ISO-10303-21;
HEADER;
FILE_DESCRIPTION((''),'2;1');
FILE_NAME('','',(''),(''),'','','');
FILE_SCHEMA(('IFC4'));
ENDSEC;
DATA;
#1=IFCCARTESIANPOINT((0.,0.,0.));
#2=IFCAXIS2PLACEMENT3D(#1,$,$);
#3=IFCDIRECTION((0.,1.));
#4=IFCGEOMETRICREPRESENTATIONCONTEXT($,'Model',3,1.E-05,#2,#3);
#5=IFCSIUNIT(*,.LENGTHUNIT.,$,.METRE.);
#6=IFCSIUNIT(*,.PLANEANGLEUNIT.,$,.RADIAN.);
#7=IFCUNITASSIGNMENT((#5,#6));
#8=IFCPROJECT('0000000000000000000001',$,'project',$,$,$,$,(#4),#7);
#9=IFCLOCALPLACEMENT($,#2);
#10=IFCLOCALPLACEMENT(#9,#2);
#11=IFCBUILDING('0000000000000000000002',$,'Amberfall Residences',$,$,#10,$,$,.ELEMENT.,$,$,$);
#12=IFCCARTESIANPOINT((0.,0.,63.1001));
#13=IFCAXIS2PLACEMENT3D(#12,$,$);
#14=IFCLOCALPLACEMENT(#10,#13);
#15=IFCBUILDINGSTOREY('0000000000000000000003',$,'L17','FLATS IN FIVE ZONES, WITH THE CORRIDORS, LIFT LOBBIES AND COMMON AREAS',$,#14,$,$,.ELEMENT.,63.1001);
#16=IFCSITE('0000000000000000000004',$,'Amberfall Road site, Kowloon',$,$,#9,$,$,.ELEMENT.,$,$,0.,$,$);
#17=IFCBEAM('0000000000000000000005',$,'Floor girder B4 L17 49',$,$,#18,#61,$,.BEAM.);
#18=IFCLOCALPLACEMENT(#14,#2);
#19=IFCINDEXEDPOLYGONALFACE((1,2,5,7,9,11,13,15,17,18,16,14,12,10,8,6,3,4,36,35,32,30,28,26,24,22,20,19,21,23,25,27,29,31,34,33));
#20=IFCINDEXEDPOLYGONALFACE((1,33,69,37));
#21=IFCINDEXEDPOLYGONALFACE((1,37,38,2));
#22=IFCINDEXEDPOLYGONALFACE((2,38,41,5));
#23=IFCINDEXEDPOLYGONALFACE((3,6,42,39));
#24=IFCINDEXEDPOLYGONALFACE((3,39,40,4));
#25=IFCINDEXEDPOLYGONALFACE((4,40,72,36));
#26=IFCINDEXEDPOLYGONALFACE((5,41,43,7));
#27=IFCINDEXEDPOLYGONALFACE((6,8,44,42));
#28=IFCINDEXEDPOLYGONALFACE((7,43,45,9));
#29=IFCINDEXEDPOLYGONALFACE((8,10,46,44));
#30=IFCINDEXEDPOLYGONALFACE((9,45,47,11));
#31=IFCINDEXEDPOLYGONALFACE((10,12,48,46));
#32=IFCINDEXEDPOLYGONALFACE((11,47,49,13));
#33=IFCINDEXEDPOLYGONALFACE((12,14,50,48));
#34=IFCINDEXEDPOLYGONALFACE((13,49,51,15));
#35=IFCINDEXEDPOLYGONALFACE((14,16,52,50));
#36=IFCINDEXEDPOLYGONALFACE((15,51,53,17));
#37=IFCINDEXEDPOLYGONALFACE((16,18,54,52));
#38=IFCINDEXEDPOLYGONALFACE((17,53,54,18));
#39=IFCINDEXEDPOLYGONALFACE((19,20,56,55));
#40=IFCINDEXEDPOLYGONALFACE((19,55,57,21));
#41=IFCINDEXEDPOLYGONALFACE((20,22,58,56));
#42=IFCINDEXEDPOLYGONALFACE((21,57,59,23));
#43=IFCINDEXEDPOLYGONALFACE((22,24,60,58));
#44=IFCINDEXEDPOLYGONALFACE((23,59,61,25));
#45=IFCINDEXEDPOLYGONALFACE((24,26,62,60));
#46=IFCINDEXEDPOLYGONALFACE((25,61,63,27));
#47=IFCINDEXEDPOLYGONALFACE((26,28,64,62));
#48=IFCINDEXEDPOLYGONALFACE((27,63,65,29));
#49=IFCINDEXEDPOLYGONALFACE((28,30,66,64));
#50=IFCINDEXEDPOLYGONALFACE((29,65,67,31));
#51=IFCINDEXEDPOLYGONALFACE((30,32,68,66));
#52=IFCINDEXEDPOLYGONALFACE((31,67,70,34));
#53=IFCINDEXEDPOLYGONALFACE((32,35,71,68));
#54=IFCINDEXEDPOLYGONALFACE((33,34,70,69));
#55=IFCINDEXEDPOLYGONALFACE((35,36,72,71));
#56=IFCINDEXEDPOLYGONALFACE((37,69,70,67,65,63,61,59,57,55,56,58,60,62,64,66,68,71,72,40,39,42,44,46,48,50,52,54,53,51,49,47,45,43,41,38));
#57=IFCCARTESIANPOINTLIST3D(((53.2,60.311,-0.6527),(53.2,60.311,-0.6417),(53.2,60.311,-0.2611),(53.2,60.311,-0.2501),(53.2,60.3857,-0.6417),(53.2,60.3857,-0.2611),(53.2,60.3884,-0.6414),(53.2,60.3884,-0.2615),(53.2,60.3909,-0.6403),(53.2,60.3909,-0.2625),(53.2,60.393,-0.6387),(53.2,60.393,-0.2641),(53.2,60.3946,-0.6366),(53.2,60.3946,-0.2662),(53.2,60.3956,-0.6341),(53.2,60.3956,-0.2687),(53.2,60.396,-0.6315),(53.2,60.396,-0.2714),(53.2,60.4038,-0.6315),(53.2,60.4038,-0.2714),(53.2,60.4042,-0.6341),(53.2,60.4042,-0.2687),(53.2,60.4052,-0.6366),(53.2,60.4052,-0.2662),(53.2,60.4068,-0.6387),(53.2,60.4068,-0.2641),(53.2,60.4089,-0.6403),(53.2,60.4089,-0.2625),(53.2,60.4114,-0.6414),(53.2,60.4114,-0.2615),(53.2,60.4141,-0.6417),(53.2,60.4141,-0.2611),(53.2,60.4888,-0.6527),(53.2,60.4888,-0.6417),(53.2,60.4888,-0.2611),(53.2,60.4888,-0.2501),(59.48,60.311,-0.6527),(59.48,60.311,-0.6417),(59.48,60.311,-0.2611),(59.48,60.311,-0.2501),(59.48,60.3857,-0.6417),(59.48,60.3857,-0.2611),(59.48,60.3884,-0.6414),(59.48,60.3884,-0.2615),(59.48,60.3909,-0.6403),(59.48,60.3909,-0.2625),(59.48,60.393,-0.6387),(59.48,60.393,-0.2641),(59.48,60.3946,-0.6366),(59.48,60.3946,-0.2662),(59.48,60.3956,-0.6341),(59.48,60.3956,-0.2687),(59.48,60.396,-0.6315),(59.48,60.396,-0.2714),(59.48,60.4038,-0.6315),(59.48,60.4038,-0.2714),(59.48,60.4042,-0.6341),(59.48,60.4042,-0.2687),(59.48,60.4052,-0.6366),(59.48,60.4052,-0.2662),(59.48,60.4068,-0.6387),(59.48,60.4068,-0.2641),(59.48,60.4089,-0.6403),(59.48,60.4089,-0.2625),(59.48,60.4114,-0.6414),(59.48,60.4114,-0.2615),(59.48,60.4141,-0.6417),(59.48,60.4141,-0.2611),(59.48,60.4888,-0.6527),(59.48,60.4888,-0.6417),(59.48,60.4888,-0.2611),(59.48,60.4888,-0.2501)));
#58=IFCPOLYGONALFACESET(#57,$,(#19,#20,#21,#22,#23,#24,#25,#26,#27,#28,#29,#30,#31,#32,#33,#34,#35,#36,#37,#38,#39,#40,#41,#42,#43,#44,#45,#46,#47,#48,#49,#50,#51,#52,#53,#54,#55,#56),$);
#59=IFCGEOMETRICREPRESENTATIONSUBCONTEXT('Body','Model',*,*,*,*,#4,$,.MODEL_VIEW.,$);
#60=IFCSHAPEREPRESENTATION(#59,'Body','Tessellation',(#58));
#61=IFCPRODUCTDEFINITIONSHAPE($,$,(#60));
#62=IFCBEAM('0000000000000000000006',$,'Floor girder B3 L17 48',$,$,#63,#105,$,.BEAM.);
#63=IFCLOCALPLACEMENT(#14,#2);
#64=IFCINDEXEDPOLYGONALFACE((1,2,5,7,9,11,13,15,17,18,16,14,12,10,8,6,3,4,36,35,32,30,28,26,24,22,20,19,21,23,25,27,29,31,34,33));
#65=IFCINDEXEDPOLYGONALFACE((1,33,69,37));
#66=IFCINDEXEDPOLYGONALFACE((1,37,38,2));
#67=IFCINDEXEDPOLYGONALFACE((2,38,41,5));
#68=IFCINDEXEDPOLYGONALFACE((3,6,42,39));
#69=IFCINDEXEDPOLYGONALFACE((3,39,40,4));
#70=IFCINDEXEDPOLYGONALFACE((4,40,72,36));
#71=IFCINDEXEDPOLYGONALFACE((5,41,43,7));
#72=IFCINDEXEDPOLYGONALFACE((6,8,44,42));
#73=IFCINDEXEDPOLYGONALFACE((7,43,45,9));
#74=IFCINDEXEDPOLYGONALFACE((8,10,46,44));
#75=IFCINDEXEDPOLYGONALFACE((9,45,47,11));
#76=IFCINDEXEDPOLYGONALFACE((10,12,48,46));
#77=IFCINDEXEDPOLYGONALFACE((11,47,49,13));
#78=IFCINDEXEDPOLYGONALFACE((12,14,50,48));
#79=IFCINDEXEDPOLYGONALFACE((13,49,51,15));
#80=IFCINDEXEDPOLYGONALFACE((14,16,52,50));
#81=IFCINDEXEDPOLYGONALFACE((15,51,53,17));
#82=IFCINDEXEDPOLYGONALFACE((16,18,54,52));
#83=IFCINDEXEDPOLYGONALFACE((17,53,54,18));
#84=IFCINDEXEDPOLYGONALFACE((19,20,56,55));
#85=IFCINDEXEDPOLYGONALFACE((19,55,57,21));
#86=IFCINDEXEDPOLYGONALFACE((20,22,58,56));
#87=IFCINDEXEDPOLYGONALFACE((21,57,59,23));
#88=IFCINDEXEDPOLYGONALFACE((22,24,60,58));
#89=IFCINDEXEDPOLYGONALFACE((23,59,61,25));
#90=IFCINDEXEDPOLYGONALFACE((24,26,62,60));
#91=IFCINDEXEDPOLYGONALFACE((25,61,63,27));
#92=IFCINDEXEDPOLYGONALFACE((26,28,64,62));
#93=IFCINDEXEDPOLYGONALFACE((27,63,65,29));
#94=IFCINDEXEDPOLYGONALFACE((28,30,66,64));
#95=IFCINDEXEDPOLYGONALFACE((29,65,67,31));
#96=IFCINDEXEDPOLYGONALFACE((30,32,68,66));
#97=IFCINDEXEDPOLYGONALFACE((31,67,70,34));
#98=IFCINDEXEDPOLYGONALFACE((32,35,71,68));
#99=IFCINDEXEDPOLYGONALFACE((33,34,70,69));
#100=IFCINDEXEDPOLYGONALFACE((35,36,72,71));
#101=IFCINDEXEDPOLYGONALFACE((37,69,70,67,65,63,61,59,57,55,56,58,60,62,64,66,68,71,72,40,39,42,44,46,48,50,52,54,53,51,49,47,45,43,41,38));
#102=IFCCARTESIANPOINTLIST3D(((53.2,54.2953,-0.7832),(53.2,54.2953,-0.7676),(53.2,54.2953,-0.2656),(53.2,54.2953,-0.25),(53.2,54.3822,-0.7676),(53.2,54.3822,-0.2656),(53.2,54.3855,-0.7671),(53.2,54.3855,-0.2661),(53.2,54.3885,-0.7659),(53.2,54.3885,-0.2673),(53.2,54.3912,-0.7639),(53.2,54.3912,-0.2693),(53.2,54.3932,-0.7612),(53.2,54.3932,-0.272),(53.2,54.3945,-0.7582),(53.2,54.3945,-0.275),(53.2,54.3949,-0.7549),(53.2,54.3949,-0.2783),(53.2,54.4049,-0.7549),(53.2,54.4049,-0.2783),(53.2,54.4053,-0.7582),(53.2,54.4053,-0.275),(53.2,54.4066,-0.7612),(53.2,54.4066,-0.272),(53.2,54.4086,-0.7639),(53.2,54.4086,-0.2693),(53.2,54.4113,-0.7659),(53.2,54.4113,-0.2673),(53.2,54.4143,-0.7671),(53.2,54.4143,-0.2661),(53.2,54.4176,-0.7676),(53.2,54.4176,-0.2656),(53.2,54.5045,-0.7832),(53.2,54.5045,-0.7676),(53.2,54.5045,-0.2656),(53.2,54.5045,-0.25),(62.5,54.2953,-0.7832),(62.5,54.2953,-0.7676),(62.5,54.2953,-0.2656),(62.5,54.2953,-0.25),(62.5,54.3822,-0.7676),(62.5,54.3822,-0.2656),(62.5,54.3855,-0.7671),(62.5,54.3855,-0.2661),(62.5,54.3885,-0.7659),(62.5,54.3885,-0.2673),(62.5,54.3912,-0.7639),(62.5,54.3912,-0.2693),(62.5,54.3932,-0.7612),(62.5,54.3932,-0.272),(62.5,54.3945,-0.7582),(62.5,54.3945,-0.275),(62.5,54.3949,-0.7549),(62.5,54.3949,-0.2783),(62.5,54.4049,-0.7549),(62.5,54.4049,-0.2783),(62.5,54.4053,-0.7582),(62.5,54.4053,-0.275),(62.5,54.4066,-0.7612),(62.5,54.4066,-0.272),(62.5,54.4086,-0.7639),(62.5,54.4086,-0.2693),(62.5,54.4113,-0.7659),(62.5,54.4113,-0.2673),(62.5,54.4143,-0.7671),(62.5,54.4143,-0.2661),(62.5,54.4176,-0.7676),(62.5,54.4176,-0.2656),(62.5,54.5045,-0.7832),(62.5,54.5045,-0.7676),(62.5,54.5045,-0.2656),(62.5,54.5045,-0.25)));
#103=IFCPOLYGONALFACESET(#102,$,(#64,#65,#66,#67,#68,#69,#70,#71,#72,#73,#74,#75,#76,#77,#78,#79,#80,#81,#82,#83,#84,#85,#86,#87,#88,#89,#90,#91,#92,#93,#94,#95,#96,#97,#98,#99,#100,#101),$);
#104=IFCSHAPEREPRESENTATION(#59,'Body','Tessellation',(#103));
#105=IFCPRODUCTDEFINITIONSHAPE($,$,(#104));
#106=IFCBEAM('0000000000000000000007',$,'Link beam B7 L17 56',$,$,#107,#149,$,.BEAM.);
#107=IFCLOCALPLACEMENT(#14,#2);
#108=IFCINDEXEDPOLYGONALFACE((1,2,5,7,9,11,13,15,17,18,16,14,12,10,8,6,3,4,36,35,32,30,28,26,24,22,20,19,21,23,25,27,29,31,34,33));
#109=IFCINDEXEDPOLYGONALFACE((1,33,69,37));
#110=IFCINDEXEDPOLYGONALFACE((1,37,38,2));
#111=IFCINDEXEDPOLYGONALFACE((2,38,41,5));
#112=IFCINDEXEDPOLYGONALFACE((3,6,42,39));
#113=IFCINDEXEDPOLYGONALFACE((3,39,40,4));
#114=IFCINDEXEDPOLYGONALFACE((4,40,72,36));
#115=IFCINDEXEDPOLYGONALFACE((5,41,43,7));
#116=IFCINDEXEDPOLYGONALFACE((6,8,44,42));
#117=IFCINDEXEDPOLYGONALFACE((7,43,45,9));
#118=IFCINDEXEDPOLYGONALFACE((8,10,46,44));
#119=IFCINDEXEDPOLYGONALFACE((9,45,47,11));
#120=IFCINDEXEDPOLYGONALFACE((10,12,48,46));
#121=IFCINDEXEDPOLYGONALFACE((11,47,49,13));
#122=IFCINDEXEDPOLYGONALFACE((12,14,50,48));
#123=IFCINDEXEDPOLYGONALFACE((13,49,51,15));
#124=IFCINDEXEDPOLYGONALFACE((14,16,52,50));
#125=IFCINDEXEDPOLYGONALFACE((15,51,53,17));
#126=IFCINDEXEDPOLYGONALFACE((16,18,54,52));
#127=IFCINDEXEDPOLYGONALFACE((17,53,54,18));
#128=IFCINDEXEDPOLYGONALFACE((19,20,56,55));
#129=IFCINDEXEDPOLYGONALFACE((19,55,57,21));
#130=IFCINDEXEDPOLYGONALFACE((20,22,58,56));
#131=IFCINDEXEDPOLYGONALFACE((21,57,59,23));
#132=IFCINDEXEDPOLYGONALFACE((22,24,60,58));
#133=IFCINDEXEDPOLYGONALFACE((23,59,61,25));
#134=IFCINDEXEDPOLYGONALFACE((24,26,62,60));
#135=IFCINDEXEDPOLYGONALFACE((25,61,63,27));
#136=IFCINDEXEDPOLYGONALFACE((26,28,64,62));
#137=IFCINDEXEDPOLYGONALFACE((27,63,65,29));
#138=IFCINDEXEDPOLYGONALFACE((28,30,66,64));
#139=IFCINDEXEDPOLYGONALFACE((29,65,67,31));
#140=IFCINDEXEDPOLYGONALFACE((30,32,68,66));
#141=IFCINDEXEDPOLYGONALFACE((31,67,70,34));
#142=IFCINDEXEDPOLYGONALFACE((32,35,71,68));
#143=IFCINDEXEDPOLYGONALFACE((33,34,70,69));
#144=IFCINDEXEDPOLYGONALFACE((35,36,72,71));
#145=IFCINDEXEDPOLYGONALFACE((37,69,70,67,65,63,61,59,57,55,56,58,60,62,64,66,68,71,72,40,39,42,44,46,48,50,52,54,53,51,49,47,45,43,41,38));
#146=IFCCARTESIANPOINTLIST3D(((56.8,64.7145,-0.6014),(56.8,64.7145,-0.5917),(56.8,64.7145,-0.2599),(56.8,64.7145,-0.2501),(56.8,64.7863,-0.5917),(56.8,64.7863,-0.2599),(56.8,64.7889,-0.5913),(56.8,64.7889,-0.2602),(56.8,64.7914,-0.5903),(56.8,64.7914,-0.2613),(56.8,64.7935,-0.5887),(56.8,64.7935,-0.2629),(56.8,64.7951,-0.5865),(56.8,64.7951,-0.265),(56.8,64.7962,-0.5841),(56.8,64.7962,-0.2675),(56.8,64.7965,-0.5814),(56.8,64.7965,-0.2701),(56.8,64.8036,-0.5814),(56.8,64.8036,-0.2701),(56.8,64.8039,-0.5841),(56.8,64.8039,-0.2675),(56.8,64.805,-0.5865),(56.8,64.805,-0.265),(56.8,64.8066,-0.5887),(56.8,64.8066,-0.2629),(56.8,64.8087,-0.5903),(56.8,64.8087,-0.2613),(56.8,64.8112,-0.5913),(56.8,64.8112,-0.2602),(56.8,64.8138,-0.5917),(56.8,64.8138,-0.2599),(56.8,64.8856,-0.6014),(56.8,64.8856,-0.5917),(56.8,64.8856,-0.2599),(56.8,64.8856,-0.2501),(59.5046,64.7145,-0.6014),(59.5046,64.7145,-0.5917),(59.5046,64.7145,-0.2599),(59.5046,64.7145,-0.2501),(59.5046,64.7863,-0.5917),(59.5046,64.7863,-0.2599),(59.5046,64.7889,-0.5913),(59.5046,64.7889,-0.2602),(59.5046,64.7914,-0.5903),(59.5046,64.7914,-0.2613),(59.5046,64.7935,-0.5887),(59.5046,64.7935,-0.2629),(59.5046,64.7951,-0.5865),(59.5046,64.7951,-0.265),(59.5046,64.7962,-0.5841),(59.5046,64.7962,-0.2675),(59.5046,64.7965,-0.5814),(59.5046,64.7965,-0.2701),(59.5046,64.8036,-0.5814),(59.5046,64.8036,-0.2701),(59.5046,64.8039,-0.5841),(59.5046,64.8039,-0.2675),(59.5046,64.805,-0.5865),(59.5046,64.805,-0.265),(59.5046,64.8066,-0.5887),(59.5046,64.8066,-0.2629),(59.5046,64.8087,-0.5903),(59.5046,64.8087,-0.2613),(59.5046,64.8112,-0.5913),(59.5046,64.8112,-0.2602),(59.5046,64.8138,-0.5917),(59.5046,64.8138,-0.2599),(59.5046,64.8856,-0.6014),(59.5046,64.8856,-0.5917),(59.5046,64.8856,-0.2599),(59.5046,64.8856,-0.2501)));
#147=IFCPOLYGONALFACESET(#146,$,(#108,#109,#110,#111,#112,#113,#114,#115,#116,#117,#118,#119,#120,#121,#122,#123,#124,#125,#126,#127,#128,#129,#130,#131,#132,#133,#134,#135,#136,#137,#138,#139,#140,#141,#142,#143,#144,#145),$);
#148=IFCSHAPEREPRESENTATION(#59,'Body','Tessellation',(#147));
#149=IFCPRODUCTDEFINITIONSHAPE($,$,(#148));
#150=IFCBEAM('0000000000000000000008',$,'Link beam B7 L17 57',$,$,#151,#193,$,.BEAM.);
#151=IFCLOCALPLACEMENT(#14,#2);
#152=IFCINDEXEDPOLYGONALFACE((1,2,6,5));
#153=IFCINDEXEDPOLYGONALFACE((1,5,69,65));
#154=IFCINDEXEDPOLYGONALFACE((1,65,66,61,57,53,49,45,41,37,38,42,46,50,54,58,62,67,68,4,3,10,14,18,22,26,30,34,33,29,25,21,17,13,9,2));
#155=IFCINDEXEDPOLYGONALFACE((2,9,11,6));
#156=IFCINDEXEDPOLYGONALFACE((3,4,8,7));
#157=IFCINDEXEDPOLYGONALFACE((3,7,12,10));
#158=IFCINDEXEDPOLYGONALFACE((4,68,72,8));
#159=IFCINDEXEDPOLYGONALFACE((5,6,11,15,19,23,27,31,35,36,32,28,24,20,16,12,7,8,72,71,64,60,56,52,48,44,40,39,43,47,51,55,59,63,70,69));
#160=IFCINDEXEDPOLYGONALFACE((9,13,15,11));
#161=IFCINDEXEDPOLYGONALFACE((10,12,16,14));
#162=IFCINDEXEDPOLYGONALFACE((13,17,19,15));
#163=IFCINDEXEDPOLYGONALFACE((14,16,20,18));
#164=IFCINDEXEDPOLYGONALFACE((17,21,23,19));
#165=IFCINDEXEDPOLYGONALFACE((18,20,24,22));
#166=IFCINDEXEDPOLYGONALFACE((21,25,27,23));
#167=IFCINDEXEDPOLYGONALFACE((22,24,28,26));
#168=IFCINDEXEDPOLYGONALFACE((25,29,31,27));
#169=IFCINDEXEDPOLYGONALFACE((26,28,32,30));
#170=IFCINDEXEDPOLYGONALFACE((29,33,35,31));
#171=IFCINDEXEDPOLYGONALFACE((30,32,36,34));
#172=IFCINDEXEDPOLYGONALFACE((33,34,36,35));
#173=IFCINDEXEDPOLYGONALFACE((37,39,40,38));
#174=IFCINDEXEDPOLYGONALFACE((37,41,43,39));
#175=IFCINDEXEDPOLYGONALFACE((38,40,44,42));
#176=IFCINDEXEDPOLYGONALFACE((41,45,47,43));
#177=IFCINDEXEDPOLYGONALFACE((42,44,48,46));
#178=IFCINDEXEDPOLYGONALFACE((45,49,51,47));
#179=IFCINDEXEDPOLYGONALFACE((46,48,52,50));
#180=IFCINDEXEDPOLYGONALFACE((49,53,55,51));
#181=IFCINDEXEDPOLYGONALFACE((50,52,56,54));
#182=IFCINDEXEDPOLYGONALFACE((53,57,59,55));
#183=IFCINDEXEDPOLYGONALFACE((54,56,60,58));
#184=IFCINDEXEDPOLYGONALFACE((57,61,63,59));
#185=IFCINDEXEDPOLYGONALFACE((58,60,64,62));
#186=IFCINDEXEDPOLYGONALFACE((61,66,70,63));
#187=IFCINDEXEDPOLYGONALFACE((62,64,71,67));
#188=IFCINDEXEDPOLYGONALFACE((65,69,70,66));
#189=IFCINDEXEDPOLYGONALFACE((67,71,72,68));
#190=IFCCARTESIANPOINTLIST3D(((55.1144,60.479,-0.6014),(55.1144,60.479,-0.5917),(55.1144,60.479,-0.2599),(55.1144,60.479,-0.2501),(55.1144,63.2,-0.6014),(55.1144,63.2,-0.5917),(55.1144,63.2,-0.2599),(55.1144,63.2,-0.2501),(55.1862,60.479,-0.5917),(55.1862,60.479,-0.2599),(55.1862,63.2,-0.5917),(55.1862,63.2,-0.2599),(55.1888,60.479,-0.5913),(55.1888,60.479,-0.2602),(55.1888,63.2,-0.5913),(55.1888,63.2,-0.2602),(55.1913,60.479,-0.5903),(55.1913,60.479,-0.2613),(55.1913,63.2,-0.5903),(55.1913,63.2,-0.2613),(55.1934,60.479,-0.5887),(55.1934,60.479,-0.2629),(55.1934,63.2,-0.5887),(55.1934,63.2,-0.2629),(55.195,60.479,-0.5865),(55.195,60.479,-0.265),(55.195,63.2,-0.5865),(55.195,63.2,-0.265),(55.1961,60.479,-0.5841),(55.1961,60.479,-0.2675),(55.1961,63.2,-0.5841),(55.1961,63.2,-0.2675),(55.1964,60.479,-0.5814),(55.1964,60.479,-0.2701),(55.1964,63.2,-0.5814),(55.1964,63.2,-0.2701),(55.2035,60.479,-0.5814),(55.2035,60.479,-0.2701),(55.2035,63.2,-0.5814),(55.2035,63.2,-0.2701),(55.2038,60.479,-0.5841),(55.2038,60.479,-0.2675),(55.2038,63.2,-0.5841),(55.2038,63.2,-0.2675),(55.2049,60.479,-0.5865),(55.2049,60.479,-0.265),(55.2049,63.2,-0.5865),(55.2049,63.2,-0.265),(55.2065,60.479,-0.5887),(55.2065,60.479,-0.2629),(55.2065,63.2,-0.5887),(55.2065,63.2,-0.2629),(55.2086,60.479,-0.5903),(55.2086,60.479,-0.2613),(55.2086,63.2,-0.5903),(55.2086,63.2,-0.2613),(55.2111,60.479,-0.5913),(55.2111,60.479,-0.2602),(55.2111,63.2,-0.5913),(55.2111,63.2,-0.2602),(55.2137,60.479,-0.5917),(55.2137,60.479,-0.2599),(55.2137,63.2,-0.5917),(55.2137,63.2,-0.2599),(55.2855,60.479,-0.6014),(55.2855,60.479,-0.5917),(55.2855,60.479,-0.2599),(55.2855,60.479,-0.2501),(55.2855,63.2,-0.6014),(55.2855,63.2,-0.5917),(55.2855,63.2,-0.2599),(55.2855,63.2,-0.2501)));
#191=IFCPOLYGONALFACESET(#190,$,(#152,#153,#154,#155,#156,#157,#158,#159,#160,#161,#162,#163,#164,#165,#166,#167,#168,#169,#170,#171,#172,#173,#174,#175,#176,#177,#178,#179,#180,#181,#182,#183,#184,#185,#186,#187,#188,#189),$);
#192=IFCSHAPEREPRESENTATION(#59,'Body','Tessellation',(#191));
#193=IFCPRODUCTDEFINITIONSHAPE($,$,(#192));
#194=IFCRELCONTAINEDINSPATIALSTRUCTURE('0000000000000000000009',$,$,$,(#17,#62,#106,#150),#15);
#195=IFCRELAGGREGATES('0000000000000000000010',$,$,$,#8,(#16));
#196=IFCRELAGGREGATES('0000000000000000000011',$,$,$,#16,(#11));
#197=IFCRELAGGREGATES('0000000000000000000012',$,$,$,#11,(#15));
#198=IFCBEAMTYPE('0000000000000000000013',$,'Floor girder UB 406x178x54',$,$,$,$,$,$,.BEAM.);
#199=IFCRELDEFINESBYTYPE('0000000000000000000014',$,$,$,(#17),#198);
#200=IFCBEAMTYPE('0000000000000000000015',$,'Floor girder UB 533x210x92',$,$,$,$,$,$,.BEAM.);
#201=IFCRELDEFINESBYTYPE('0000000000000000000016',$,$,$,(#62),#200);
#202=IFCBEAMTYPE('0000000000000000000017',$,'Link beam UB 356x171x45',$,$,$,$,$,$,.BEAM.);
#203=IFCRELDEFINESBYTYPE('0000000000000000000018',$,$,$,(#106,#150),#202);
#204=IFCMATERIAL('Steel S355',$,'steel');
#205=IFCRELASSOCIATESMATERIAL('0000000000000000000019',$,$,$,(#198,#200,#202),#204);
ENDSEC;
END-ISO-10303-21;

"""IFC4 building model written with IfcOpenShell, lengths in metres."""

from ifc_helpers import new_model, si_unit, direction, frame, origin, origin_2d, place, context, subcontext, project, spatial, i_section, extrude, material, material_profile, profile_set, type_object, element, save


model = new_model("IFC4")

# Units and contexts
model_context = context("Model", 3, precision=1e-05, world=origin(), true_north=direction((0.0, 1.0)))
body_context = subcontext(model_context, "Body", "Model", "MODEL_VIEW")
ifc_project = project(units=[si_unit("LENGTHUNIT", "METRE"), si_unit("PLANEANGLEUNIT", "RADIAN")], contexts=[model_context])

# Site, building, storey
site_placement = place(None, origin())
site = spatial("IfcSite", under=ifc_project, at=site_placement, Name="Amberfall Road site, Kowloon", CompositionType="ELEMENT", RefElevation=0.0)
building_placement = place(site_placement, origin())
building = spatial("IfcBuilding", under=site, at=building_placement, Name="Amberfall Residences", CompositionType="ELEMENT")
storey_placement = place(building_placement, frame((0.0, 0.0, 63.1001)))
storey = spatial("IfcBuildingStorey", under=building, at=storey_placement, Name="L17", Description="FLATS IN FIVE ZONES, WITH THE CORRIDORS, LIFT LOBBIES AND COMMON AREAS", CompositionType="ELEMENT", Elevation=63.1001)

# Shared definitions
ifc_material_1 = material(Name="Steel S355", Category="steel")

# Beams
ifc_material_profile_1 = material_profile(ifc_material_1, i_section(OverallWidth=0.1777, OverallDepth=0.4026, WebThickness=0.0078, FlangeThickness=0.011, FilletRadius=0.0103, at=origin_2d()), Name="UB 406x178x54")
ifc_profile_set_1 = profile_set([ifc_material_profile_1], Name="Steel S355")
beam_type_1 = type_object("IfcBeamType", Name="Floor girder UB 406x178x54", PredefinedType="BEAM", material=ifc_profile_set_1)
beam_1_placement = place(storey_placement, frame((53.2, 60.3999, -0.4514), z_axis=(1.0, 0.0, 0.0), x_axis=(0.0, 1.0, 0.0)))
element("IfcBeam", 1, at=beam_1_placement, inside=storey, type_object=beam_type_1, Name="Floor girder B4 L17 49", PredefinedType="BEAM", context=body_context, shape_type="SweptSolid", body=[
    extrude(i_section(OverallWidth=0.1777, OverallDepth=0.4026, WebThickness=0.0078, FlangeThickness=0.011, FilletRadius=0.0103, at=origin_2d()), origin(), (0.0, 0.0, 1.0), 6.28),
])
ifc_material_profile_2 = material_profile(ifc_material_1, i_section(OverallWidth=0.2092, OverallDepth=0.5332, WebThickness=0.01, FlangeThickness=0.0156, FilletRadius=0.0127, at=origin_2d()), Name="UB 533x210x92")
ifc_profile_set_2 = profile_set([ifc_material_profile_2], Name="Steel S355")
beam_type_2 = type_object("IfcBeamType", Name="Floor girder UB 533x210x92", PredefinedType="BEAM", material=ifc_profile_set_2)
beam_2_placement = place(storey_placement, frame((53.2, 54.3999, -0.5166), z_axis=(1.0, 0.0, 0.0), x_axis=(0.0, 1.0, 0.0)))
element("IfcBeam", 2, at=beam_2_placement, inside=storey, type_object=beam_type_2, Name="Floor girder B3 L17 48", PredefinedType="BEAM", context=body_context, shape_type="SweptSolid", body=[
    extrude(i_section(OverallWidth=0.2092, OverallDepth=0.5332, WebThickness=0.01, FlangeThickness=0.0156, FilletRadius=0.0127, at=origin_2d()), origin(), (0.0, 0.0, 1.0), 9.3),
])
ifc_material_profile_3 = material_profile(ifc_material_1, i_section(OverallWidth=0.1711, OverallDepth=0.3513, WebThickness=0.0071, FlangeThickness=0.0098, FilletRadius=0.0103, at=origin_2d()), Name="UB 356x171x45")
ifc_profile_set_3 = profile_set([ifc_material_profile_3], Name="Steel S355")
beam_type_3 = type_object("IfcBeamType", Name="Link beam UB 356x171x45", PredefinedType="BEAM", material=ifc_profile_set_3)
beam_3_placement = place(storey_placement, frame((56.8, 64.8, -0.4258), z_axis=(1.0, 0.0, 0.0), x_axis=(0.0, 1.0, 0.0)))
element("IfcBeam", 3, at=beam_3_placement, inside=storey, type_object=beam_type_3, Name="Link beam B7 L17 56", PredefinedType="BEAM", context=body_context, shape_type="SweptSolid", body=[
    extrude(i_section(OverallWidth=0.1711, OverallDepth=0.3513, WebThickness=0.0071, FlangeThickness=0.0098, FilletRadius=0.0103, at=origin_2d()), origin(), (0.0, 0.0, 1.0), 2.7046),
])
beam_4_placement = place(storey_placement, frame((55.2, 63.2, -0.4258), z_axis=(0.0, -1.0, 0.0), x_axis=(1.0, 0.0, 0.0)))
element("IfcBeam", 4, at=beam_4_placement, inside=storey, type_object=beam_type_3, Name="Link beam B7 L17 57", PredefinedType="BEAM", context=body_context, shape_type="SweptSolid", body=[
    extrude(i_section(OverallWidth=0.1711, OverallDepth=0.3513, WebThickness=0.0071, FlangeThickness=0.0098, FilletRadius=0.0103, at=origin_2d()), origin(), (0.0, 0.0, 1.0), 2.7209),
])

save(model, "model.ifc")
